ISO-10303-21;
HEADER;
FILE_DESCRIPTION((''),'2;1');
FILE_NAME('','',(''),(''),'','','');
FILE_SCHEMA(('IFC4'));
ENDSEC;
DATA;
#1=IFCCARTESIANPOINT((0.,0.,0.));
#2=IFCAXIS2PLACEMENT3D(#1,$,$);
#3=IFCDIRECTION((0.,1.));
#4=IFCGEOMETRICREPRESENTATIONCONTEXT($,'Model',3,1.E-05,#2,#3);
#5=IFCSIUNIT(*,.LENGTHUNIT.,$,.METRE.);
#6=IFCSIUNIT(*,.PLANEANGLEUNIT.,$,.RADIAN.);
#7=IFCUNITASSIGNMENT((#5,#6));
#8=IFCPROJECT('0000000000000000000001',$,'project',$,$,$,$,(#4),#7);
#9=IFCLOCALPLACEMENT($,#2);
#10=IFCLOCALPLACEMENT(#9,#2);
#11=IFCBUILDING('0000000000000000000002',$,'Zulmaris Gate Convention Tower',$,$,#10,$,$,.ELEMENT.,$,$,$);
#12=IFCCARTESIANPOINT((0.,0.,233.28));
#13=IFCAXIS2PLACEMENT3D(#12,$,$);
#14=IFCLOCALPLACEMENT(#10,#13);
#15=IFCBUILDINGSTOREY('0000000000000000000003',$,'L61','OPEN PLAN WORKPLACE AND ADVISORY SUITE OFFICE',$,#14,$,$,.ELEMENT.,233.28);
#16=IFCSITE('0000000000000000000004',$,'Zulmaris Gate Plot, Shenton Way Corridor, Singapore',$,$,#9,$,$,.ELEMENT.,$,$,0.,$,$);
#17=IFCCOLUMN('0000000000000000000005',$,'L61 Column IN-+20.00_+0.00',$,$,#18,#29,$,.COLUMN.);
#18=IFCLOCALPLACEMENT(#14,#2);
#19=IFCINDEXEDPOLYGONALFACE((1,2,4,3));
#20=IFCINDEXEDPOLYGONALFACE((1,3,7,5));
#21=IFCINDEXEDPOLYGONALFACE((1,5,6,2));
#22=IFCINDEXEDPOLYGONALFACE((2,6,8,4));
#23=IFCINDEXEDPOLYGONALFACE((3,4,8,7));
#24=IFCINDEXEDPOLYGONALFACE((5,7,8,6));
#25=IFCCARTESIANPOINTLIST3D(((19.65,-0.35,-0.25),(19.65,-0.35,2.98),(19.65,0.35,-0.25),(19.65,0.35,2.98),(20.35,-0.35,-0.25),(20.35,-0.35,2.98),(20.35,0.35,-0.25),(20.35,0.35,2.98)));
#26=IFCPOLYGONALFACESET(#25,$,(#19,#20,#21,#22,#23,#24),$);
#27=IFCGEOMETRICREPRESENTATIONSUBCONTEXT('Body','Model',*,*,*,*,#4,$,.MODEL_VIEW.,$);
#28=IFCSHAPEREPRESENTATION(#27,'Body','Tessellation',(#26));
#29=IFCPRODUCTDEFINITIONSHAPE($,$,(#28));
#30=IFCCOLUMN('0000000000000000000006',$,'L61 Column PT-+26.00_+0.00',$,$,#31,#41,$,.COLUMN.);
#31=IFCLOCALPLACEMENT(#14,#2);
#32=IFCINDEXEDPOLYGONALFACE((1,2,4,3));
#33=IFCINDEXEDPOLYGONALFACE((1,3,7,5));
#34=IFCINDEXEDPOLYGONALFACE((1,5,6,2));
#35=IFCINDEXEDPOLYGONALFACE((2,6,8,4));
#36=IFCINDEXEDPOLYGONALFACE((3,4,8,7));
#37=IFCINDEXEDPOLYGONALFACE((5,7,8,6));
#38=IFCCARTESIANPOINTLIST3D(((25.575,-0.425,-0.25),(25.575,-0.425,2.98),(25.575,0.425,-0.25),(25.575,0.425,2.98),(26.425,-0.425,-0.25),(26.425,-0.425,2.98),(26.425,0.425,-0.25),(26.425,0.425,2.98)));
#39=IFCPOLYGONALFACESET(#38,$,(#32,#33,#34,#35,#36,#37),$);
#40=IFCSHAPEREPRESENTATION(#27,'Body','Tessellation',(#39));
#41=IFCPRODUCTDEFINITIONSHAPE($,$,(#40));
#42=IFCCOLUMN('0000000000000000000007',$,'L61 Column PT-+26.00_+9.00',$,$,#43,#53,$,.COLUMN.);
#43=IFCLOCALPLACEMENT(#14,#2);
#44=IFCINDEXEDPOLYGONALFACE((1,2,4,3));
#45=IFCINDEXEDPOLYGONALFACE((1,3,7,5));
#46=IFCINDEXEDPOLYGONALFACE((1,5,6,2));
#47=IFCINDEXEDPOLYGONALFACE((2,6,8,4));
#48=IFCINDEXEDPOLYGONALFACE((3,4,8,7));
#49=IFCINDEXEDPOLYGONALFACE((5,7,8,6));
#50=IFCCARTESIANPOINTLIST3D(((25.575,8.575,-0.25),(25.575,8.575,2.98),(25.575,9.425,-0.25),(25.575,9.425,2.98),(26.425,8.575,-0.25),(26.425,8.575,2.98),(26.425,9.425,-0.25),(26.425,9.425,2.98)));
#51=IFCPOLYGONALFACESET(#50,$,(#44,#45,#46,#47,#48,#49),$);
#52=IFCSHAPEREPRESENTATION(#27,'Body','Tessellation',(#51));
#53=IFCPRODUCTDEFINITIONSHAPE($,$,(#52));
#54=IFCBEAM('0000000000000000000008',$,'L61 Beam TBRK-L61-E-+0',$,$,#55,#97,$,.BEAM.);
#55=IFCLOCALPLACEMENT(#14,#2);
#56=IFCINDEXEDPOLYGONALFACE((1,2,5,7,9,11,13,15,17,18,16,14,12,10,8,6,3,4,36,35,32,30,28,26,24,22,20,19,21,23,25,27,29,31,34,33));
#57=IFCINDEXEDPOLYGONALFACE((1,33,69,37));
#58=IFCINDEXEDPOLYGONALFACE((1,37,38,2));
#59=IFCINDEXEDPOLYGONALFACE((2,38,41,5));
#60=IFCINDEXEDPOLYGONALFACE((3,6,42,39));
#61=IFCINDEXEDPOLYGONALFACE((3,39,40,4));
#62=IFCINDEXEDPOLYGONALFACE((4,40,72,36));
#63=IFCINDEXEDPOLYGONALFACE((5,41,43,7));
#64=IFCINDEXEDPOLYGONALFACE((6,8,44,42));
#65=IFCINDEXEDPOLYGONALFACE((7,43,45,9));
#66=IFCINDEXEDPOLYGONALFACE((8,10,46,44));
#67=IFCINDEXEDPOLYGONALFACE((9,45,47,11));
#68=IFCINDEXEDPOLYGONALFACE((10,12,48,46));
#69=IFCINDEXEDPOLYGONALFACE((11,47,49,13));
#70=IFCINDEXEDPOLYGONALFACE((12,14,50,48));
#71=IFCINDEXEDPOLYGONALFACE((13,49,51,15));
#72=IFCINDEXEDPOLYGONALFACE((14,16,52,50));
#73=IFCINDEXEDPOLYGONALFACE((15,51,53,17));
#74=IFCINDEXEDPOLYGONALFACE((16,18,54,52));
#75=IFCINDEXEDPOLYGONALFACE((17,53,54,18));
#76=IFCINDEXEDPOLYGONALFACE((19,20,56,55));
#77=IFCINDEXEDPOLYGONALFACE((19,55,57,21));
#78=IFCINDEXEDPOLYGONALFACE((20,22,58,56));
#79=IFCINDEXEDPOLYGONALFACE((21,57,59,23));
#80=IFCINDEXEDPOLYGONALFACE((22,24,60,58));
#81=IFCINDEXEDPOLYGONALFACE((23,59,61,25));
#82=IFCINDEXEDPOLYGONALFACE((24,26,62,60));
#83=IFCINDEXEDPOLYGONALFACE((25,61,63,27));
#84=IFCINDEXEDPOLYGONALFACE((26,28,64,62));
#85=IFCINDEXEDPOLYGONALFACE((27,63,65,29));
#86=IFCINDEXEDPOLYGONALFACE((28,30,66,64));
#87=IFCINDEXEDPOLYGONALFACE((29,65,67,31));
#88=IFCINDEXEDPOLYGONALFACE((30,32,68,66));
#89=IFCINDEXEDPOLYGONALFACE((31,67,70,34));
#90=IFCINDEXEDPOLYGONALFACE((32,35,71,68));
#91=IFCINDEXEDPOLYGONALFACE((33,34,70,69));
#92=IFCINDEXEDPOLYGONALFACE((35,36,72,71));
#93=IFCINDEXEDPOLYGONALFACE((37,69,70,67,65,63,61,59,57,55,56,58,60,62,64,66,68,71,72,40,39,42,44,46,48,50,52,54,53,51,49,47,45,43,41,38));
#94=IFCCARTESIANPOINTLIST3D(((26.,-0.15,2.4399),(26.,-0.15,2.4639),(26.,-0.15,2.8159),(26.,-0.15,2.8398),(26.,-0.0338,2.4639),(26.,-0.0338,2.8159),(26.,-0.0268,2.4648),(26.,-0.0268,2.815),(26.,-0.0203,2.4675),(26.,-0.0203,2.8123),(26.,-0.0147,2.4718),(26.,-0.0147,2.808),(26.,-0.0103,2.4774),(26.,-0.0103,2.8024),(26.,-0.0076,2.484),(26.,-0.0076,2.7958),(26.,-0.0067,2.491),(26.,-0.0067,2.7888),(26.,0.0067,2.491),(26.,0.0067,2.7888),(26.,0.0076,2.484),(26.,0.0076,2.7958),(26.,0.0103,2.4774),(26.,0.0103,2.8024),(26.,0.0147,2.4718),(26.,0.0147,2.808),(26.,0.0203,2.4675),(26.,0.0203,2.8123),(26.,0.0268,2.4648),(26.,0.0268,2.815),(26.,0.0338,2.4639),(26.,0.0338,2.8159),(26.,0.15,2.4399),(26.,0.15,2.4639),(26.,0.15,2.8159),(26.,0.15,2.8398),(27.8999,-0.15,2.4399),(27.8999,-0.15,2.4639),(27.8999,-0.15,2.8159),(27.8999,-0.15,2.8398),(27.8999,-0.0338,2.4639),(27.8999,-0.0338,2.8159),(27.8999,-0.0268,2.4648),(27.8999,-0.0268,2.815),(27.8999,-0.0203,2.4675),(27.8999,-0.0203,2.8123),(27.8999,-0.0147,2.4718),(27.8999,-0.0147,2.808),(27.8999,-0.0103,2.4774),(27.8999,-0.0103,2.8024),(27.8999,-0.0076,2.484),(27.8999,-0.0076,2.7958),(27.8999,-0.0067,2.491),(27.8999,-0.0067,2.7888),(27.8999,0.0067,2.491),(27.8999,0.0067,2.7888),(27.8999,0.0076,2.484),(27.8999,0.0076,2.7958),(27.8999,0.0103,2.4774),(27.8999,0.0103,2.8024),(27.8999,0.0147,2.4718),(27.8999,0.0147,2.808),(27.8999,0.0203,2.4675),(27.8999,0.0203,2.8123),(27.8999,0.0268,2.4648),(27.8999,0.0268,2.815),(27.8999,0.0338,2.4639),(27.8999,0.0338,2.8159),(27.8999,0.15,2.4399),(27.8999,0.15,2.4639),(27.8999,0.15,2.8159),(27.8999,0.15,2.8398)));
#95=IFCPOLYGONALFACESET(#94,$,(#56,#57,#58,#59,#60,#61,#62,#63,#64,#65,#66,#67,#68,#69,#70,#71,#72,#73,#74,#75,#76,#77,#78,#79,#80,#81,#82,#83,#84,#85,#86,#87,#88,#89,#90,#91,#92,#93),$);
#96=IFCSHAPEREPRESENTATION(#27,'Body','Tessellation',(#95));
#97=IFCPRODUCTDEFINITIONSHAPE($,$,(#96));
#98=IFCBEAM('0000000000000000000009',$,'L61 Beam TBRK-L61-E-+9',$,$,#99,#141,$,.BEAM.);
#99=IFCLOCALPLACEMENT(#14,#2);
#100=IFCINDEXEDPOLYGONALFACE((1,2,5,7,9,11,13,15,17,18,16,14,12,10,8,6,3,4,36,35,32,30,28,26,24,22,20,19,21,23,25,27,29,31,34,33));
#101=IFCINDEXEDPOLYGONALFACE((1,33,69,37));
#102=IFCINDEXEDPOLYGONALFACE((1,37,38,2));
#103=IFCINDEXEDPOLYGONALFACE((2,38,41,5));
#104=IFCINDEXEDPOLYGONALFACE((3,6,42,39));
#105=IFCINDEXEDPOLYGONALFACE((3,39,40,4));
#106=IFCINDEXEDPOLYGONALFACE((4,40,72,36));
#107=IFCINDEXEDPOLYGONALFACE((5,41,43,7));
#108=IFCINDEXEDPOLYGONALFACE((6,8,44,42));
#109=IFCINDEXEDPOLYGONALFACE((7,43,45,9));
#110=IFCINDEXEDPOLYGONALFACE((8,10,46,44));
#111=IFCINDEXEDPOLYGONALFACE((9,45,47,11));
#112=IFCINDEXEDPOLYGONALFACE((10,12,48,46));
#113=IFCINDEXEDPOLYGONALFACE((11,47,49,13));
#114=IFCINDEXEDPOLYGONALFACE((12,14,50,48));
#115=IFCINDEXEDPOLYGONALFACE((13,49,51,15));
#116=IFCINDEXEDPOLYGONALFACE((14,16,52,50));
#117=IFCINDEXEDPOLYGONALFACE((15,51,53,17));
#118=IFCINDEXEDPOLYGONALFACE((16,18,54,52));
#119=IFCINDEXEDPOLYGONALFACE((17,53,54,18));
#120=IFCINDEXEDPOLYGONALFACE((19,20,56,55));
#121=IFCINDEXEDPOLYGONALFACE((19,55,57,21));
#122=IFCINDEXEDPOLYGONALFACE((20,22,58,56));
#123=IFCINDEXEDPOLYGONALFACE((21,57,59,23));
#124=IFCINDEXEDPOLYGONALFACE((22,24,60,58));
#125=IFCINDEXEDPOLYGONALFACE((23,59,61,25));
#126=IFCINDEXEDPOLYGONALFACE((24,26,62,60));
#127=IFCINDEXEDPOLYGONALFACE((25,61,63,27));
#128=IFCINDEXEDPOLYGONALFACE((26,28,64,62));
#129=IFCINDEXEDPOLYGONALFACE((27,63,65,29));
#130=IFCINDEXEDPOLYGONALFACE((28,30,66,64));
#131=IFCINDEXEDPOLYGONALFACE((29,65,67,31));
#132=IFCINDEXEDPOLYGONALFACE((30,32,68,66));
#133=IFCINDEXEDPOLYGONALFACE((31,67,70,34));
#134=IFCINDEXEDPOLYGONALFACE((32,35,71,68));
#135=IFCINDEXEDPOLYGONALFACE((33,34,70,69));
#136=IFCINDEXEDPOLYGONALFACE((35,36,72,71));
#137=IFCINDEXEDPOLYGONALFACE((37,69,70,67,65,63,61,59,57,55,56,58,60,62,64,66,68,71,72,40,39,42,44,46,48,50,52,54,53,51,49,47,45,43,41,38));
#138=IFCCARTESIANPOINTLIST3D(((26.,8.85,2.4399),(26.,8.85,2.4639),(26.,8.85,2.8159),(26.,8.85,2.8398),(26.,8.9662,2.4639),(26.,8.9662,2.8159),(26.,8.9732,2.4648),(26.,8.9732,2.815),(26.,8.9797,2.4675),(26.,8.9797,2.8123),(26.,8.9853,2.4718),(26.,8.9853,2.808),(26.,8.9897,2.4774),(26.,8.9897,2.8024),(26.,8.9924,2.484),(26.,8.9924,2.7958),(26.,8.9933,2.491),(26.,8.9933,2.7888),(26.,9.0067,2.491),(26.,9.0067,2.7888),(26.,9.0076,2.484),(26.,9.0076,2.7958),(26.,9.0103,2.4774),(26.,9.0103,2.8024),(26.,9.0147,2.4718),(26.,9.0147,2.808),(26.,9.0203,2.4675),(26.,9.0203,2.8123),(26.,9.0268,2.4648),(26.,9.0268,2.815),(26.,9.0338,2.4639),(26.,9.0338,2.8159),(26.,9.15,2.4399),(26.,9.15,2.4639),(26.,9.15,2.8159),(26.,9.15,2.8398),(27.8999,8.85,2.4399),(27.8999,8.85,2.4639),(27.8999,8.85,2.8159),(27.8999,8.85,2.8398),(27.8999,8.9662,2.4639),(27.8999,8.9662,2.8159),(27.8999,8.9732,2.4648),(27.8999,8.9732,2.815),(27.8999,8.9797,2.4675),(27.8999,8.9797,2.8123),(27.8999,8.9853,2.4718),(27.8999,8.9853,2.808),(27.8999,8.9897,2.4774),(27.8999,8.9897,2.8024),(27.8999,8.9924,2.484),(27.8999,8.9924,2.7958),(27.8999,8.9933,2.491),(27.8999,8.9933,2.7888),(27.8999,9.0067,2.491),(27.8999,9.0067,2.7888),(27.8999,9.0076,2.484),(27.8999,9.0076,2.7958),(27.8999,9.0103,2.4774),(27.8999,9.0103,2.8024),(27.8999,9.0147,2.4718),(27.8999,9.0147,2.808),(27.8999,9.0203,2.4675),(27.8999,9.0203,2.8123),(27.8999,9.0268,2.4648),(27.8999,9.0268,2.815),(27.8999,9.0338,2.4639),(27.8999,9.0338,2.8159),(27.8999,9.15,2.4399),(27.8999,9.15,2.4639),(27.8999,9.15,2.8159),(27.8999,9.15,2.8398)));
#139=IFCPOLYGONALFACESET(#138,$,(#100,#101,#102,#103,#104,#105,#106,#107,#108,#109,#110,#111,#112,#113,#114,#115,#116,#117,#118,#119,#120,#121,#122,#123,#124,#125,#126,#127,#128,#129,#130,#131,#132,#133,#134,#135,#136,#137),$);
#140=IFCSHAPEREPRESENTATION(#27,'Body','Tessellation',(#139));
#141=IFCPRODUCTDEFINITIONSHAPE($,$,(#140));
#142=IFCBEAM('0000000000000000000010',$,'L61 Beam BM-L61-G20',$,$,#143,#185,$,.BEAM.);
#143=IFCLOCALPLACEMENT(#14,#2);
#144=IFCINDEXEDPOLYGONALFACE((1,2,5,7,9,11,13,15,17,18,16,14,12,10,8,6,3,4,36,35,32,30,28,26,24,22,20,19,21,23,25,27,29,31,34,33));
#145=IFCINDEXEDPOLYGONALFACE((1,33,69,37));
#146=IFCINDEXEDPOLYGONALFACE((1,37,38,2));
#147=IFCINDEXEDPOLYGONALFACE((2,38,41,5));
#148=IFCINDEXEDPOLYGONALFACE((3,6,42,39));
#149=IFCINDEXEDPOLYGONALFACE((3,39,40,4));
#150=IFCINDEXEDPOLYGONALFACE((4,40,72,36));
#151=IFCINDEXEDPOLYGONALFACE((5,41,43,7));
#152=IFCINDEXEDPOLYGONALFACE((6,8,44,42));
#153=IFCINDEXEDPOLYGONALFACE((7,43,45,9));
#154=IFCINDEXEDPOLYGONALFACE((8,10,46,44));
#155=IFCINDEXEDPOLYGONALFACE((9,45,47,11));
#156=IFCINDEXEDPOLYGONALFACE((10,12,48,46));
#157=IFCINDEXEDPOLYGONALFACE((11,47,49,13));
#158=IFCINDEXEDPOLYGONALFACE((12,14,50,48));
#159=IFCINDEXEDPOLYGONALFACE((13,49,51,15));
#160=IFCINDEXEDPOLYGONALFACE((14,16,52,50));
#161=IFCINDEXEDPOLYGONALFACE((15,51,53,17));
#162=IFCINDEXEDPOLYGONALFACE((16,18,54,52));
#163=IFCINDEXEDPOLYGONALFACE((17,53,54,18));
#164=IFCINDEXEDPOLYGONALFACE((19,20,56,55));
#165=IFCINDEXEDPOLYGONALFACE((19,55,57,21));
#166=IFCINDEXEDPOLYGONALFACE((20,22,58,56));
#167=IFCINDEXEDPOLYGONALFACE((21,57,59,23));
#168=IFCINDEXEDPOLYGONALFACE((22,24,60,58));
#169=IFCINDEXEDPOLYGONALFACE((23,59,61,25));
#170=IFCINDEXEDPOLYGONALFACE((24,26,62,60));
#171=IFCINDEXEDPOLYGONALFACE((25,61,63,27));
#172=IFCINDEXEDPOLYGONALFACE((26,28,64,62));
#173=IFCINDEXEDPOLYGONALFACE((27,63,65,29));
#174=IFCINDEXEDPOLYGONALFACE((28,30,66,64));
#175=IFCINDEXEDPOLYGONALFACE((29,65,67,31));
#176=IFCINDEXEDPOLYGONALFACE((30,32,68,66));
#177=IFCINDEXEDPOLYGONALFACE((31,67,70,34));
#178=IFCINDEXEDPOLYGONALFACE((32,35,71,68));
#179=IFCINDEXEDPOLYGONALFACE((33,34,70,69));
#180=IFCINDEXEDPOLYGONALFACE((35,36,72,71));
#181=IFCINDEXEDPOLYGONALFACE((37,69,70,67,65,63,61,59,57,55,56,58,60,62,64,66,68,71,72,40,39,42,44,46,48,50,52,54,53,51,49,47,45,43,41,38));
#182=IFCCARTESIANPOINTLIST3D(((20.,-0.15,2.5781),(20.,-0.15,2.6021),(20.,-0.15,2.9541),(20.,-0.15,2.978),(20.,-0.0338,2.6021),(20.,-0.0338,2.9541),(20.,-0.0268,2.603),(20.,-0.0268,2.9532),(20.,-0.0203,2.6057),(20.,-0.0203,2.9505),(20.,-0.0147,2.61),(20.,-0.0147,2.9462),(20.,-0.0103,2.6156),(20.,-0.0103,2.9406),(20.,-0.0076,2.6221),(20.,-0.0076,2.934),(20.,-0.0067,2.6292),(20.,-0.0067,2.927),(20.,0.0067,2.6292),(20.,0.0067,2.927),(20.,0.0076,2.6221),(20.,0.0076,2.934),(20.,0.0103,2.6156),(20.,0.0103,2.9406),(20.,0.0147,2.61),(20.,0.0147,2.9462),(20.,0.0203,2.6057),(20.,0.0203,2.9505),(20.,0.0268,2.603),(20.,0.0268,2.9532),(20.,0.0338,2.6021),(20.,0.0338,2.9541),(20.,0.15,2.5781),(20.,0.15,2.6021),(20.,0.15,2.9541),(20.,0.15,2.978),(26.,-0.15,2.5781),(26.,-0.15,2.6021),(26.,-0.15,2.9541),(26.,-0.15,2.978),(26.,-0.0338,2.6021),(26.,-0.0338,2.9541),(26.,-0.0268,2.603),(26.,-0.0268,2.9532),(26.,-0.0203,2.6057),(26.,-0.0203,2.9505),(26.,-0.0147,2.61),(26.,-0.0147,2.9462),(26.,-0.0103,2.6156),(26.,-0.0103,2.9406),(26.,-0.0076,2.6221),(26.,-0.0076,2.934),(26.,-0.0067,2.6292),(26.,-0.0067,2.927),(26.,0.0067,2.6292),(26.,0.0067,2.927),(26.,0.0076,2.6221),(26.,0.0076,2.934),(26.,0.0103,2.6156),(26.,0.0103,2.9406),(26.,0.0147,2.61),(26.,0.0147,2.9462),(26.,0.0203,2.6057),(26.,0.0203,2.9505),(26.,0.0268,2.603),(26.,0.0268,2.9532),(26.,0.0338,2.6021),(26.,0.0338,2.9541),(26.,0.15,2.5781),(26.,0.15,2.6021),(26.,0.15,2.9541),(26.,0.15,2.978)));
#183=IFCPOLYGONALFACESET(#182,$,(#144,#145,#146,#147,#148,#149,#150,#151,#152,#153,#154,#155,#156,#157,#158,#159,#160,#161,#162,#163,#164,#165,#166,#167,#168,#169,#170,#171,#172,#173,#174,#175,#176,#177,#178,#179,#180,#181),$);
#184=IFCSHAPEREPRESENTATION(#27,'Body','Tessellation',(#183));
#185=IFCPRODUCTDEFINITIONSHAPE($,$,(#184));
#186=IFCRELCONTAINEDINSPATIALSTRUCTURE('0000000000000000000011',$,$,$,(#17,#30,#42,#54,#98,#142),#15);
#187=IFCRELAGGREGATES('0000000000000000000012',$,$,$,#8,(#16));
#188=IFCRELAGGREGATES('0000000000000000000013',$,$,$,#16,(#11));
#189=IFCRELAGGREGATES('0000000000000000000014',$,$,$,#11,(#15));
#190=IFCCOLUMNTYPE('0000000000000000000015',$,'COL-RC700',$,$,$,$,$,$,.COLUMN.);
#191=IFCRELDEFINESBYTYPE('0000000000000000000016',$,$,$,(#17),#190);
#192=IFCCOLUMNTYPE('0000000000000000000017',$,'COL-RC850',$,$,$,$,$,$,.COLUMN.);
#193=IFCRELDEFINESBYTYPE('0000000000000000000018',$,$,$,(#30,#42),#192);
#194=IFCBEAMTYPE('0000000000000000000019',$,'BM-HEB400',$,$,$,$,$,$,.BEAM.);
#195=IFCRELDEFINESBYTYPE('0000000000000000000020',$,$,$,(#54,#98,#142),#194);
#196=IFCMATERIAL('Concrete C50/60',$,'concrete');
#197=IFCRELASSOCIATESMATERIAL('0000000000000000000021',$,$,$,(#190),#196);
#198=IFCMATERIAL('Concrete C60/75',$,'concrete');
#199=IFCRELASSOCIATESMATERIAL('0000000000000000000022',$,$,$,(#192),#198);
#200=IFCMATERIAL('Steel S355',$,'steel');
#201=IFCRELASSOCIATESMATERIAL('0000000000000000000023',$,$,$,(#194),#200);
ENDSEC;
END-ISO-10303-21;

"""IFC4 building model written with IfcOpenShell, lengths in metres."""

from ifc_helpers import new_model, si_unit, direction, frame, origin, origin_2d, place, context, subcontext, project, spatial, rectangle, i_section, extrude, material, material_profile, profile_set, type_object, element, save


model = new_model("IFC4")

# Units and contexts
model_context = context("Model", 3, precision=1e-05, world=origin(), true_north=direction((0.0, 1.0)))
body_context = subcontext(model_context, "Body", "Model", "MODEL_VIEW")
ifc_project = project(units=[si_unit("LENGTHUNIT", "METRE"), si_unit("PLANEANGLEUNIT", "RADIAN")], contexts=[model_context])

# Site, building, storey
site_placement = place(None, origin())
site = spatial("IfcSite", under=ifc_project, at=site_placement, Name="Zulmaris Gate Plot, Shenton Way Corridor, Singapore", CompositionType="ELEMENT", RefElevation=0.0)
building_placement = place(site_placement, origin())
building = spatial("IfcBuilding", under=site, at=building_placement, Name="Zulmaris Gate Convention Tower", CompositionType="ELEMENT")
storey_placement = place(building_placement, frame((0.0, 0.0, 233.28)))
storey = spatial("IfcBuildingStorey", under=building, at=storey_placement, Name="L61", Description="OPEN PLAN WORKPLACE AND ADVISORY SUITE OFFICE", CompositionType="ELEMENT", Elevation=233.28)

# Columns
ifc_material_1 = material(Name="Concrete C50/60", Category="concrete")
ifc_material_profile_1 = material_profile(ifc_material_1, rectangle(XDim=0.7, YDim=0.7, at=origin_2d()), Name="RC COL 700x700")
ifc_profile_set_1 = profile_set([ifc_material_profile_1], Name="Concrete C50/60")
column_type_1 = type_object("IfcColumnType", Name="COL-RC700", PredefinedType="COLUMN", material=ifc_profile_set_1)
column_placement = place(storey_placement, frame((20.0, 0.0, -0.25), z_axis=(0.0, 0.0, 1.0), x_axis=(1.0, 0.0, 0.0)))
element("IfcColumn", 1, at=column_placement, inside=storey, type_object=column_type_1, Name="L61 Column IN-+20.00_+0.00", PredefinedType="COLUMN", context=body_context, shape_type="SweptSolid", body=[
    extrude(rectangle(XDim=0.7, YDim=0.7, at=origin_2d()), origin(), (0.0, 0.0, 1.0), 3.23),
])
ifc_material_2 = material(Name="Concrete C60/75", Category="concrete")
ifc_material_profile_2 = material_profile(ifc_material_2, rectangle(XDim=0.8501, YDim=0.8501, at=origin_2d()), Name="RC COL 850x850")
ifc_profile_set_2 = profile_set([ifc_material_profile_2], Name="Concrete C60/75")
column_type_2 = type_object("IfcColumnType", Name="COL-RC850", PredefinedType="COLUMN", material=ifc_profile_set_2)
for number, where, z_axis, x_axis, name in (
    (2, (26.0, 0.0, -0.25), (0.0, 0.0, 1.0), (1.0, 0.0, 0.0), "L61 Column PT-+26.00_+0.00"),
    (3, (26.0, 9.0, -0.25), (0.0, 0.0, 1.0), (1.0, 0.0, 0.0), "L61 Column PT-+26.00_+9.00"),
):
    element("IfcColumn", number, at=place(storey_placement, frame(where, z_axis=z_axis, x_axis=x_axis)), inside=storey, type_object=column_type_2, Name=name, PredefinedType="COLUMN", context=body_context, shape_type="SweptSolid", body=[
        extrude(rectangle(XDim=0.8501, YDim=0.8501, at=origin_2d()), origin(), (0.0, 0.0, 1.0), 3.23),
    ])

# Beams
ifc_material_3 = material(Name="Steel S355", Category="steel")
ifc_material_profile_3 = material_profile(ifc_material_3, i_section(OverallWidth=0.3, OverallDepth=0.3999, WebThickness=0.0134, FlangeThickness=0.0239, FilletRadius=0.0271, at=origin_2d()), Name="HEB 400")
ifc_profile_set_3 = profile_set([ifc_material_profile_3], Name="Steel S355")
beam_type_1 = type_object("IfcBeamType", Name="BM-HEB400", PredefinedType="BEAM", material=ifc_profile_set_3)
for number, where, z_axis, x_axis, name in (
    (4, (26.0, 0.0, 2.6399), (1.0, 0.0, 0.0), (0.0, 1.0, 0.0), "L61 Beam TBRK-L61-E-+0"),
    (5, (26.0, 9.0, 2.6399), (1.0, 0.0, 0.0), (0.0, 1.0, 0.0), "L61 Beam TBRK-L61-E-+9"),
):
    element("IfcBeam", number, at=place(storey_placement, frame(where, z_axis=z_axis, x_axis=x_axis)), inside=storey, type_object=beam_type_1, Name=name, PredefinedType="BEAM", context=body_context, shape_type="SweptSolid", body=[
        extrude(i_section(OverallWidth=0.3, OverallDepth=0.3999, WebThickness=0.0134, FlangeThickness=0.0239, FilletRadius=0.0271, at=origin_2d()), origin(), (0.0, 0.0, 1.0), 1.8999),
    ])
for number, where, z_axis, x_axis, name in (
    (6, (20.0, 0.0, 2.7781), (1.0, 0.0, 0.0), (0.0, 1.0, 0.0), "L61 Beam BM-L61-G20"),
):
    element("IfcBeam", number, at=place(storey_placement, frame(where, z_axis=z_axis, x_axis=x_axis)), inside=storey, type_object=beam_type_1, Name=name, PredefinedType="BEAM", context=body_context, shape_type="SweptSolid", body=[
        extrude(i_section(OverallWidth=0.3, OverallDepth=0.3999, WebThickness=0.0134, FlangeThickness=0.0239, FilletRadius=0.0271, at=origin_2d()), origin(), (0.0, 0.0, 1.0), 6.0),
    ])

save(model, "model.ifc")
